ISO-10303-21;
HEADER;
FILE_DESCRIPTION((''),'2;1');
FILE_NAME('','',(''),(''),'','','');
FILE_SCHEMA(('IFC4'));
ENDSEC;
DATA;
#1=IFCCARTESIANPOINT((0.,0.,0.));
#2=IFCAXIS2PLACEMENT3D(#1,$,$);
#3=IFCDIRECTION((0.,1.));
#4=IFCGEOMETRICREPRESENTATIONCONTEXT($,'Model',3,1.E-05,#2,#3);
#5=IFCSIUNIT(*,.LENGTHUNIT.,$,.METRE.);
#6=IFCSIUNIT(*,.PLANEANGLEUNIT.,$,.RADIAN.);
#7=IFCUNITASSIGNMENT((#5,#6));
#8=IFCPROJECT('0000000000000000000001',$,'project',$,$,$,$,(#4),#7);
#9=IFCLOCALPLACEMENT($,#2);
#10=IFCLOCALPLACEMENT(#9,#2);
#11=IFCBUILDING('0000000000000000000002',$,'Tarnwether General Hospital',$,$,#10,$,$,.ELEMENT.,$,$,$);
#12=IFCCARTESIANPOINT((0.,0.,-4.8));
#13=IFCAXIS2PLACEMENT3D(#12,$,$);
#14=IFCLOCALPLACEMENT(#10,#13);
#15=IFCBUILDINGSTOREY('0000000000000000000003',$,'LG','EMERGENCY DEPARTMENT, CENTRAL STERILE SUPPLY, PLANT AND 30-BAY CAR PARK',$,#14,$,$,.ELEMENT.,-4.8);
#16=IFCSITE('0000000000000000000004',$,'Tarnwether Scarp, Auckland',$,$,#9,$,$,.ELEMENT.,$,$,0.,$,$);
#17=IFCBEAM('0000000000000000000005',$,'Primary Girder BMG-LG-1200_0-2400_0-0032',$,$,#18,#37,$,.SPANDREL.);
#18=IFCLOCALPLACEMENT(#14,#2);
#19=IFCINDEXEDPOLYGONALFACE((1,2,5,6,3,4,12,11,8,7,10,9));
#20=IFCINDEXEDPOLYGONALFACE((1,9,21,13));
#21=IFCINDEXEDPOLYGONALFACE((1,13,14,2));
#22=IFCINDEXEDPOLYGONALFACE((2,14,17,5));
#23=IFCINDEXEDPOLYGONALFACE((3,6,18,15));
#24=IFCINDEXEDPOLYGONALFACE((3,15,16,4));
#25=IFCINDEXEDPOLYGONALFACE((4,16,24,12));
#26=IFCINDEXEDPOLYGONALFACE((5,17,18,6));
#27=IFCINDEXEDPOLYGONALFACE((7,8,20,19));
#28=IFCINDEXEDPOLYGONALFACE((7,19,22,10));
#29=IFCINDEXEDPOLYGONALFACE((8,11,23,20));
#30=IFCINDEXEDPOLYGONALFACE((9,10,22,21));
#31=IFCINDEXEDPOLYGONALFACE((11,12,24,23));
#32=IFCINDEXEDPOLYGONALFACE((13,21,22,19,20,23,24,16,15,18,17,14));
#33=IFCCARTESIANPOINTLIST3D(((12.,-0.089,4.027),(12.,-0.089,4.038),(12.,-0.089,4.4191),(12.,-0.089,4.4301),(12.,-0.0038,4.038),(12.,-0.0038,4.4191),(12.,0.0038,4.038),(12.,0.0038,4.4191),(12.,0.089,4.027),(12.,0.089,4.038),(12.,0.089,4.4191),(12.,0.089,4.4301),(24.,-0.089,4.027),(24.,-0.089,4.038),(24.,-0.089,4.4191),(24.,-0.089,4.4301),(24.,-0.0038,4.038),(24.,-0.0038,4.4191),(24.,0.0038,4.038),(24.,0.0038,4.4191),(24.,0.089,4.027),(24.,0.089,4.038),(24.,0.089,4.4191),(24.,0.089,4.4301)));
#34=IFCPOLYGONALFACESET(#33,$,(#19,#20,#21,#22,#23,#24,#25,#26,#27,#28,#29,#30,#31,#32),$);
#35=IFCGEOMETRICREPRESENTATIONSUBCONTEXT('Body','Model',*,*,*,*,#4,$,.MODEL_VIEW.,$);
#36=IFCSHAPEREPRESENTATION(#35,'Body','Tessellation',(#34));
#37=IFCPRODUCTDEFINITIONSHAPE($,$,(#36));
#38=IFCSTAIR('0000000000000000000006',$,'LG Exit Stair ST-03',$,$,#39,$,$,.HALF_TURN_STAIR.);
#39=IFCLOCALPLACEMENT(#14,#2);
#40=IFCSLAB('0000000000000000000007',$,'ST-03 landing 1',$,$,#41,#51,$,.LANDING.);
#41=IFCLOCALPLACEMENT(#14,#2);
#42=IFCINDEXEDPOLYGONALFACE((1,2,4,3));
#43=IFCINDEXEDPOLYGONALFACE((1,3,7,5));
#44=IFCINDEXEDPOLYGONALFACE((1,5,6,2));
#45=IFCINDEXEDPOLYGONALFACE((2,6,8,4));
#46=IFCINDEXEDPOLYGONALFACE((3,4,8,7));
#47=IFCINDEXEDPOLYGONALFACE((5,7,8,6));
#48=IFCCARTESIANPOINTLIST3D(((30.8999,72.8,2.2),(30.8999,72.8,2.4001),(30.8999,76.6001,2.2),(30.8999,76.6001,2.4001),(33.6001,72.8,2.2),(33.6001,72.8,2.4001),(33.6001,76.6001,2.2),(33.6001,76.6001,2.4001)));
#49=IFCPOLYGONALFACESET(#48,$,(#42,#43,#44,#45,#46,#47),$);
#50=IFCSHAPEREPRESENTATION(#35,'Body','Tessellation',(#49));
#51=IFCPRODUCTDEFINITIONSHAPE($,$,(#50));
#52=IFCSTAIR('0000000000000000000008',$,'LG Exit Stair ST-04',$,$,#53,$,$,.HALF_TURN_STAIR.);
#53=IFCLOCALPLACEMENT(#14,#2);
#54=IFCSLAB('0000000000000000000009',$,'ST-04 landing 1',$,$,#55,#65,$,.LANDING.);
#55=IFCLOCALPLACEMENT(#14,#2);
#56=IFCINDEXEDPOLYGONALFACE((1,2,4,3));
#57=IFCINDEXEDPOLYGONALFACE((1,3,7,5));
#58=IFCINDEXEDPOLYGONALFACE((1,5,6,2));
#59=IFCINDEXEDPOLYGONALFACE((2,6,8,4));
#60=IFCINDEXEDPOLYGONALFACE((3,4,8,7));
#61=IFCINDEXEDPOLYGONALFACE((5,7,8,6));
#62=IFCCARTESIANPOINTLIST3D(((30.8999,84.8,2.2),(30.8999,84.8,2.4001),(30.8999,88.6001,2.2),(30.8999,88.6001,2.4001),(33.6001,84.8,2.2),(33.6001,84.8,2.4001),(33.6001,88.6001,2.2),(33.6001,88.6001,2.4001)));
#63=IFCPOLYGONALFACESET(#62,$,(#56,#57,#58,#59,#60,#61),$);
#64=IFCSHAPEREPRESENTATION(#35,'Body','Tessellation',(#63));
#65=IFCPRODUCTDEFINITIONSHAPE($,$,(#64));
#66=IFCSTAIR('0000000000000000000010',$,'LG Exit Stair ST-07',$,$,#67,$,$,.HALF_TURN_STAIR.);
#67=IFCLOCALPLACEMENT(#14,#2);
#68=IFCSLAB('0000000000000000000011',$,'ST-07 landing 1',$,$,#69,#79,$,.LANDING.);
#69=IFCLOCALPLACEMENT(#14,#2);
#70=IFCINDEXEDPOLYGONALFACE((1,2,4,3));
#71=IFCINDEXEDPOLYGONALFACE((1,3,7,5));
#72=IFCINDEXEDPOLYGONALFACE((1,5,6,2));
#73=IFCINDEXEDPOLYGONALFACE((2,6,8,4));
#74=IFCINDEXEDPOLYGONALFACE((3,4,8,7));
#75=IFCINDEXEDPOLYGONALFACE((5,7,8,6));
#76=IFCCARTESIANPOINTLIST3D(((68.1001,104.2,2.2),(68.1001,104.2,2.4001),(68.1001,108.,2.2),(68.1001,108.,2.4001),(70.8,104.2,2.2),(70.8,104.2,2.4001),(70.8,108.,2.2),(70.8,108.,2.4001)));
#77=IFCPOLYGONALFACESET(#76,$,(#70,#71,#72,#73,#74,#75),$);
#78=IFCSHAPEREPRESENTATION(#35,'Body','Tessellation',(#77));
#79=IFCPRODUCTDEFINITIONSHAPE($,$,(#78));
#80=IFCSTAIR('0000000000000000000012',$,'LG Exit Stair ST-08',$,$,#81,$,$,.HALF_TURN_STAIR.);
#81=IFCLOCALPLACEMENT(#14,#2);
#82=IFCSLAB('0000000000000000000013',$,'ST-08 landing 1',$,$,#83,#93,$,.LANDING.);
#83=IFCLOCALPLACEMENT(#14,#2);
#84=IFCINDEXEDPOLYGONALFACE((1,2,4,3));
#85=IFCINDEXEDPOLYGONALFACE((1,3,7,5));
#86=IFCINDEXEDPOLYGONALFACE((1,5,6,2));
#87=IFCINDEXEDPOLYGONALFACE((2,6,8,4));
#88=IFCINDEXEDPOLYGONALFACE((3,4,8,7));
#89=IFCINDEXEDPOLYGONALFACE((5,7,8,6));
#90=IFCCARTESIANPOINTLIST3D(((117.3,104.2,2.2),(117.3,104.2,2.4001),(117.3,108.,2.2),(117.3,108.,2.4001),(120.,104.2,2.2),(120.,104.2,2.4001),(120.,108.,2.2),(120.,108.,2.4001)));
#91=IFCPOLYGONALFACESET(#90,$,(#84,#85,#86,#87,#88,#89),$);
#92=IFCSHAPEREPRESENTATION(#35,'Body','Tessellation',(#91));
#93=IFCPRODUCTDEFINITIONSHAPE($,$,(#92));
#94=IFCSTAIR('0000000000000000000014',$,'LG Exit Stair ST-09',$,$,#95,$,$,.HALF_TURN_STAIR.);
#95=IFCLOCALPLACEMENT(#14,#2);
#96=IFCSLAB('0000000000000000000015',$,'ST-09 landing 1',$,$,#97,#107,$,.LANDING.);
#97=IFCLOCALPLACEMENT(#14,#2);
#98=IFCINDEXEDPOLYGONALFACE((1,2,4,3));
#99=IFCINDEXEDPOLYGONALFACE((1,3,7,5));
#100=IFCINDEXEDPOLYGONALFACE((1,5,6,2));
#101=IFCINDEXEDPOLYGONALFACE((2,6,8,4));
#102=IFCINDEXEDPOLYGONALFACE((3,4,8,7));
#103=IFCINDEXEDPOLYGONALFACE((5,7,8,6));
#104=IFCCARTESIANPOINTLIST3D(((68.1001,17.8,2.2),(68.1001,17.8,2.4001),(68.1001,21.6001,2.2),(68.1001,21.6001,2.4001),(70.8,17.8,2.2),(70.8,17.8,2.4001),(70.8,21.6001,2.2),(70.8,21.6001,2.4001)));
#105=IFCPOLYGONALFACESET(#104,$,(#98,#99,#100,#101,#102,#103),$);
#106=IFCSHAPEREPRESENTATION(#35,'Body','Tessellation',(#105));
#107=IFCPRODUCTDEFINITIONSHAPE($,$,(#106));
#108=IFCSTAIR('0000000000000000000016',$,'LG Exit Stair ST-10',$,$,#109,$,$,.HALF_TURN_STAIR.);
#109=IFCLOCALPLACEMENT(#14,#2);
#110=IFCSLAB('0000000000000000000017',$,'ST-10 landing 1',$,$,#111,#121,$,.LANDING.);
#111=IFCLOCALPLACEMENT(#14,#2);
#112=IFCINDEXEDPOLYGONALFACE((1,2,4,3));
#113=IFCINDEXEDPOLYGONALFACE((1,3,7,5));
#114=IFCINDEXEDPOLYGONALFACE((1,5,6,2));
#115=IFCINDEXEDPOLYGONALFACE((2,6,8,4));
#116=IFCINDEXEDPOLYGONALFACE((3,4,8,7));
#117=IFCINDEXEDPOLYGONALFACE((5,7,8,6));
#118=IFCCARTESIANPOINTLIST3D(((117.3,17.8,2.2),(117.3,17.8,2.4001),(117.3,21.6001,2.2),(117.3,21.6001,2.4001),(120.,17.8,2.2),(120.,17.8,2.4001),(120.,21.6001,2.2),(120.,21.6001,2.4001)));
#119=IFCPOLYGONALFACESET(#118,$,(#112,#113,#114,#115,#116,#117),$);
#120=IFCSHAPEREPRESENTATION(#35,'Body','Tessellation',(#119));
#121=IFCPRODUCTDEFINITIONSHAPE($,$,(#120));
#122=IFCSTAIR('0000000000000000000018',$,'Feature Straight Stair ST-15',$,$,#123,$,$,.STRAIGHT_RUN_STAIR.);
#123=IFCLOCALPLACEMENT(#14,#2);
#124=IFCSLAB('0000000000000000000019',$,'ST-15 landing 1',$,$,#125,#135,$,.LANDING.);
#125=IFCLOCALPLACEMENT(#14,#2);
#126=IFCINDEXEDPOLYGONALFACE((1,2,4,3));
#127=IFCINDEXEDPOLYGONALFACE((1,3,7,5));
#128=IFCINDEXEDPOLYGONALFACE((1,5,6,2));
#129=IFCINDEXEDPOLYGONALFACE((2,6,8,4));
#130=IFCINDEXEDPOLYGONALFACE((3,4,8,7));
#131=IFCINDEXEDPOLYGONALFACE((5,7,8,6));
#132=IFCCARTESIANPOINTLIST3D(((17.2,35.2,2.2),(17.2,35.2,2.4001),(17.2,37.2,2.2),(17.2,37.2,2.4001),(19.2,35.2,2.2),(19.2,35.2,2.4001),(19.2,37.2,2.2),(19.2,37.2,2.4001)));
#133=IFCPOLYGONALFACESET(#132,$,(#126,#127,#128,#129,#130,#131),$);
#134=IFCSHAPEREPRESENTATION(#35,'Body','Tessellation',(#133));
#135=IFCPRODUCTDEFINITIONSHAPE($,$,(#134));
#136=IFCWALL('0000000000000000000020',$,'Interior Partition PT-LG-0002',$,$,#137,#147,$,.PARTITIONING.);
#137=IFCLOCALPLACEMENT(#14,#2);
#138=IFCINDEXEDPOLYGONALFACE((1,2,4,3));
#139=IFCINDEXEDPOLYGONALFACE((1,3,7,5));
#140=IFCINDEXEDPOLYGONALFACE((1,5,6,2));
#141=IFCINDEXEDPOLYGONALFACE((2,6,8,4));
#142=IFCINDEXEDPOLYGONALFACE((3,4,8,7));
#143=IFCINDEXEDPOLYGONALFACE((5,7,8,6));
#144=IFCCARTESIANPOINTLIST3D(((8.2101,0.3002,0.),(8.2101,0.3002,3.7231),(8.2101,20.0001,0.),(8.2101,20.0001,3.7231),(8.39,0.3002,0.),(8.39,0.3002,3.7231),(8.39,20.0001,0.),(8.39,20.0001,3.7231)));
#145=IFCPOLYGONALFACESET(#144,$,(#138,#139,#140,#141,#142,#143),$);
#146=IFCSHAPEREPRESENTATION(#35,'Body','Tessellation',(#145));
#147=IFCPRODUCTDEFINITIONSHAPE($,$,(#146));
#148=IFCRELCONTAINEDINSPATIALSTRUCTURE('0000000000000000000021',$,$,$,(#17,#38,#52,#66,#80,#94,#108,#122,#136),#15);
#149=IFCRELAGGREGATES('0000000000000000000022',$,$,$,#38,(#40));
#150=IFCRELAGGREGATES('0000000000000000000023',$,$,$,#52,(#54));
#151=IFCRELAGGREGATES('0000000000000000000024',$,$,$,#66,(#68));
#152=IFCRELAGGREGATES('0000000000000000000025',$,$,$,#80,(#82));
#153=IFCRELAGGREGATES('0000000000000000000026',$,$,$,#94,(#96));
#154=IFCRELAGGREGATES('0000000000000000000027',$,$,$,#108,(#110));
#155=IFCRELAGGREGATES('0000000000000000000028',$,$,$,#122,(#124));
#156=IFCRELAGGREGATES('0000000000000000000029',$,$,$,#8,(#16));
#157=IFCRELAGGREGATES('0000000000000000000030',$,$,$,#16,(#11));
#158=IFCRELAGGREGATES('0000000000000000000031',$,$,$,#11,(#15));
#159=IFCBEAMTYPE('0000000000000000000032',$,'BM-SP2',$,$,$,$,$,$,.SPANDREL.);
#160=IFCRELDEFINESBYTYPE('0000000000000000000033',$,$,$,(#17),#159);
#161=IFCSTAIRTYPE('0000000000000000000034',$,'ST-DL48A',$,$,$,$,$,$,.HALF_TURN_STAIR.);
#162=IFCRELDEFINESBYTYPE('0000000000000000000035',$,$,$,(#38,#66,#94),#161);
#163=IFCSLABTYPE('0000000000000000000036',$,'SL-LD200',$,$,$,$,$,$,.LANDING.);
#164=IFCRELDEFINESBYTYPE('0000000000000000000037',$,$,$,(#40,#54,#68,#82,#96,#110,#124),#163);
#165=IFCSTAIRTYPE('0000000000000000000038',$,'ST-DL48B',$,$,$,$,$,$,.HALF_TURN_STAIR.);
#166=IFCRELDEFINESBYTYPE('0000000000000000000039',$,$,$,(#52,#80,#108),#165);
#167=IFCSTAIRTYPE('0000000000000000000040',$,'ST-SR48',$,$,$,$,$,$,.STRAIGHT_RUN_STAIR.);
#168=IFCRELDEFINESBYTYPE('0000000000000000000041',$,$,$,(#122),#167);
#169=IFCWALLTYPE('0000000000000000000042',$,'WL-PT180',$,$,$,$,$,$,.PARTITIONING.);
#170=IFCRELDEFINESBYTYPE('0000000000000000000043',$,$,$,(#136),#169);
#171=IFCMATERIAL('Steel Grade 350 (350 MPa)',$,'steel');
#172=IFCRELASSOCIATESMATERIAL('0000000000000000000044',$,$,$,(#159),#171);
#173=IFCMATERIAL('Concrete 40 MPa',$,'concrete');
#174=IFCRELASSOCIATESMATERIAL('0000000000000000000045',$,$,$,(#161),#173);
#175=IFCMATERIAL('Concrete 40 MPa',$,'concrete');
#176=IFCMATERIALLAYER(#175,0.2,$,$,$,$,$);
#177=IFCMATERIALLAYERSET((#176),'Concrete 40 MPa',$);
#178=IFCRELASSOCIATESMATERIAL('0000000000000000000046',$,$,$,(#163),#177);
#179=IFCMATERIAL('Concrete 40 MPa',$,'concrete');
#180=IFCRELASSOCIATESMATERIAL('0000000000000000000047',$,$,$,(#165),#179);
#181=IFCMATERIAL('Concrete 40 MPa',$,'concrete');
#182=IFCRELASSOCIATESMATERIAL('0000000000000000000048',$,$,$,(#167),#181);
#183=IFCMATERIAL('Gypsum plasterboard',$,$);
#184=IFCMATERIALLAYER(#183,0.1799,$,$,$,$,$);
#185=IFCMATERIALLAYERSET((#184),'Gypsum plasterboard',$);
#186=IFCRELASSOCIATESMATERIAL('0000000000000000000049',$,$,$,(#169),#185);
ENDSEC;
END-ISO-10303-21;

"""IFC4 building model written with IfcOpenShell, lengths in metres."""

from ifc_helpers import new_model, si_unit, direction, frame, frame_2d, origin, origin_2d, place, context, subcontext, project, spatial, polyline, rectangle, i_section, outline, extrude, material, layer, layer_set, material_profile, profile_set, type_object, element, aggregate, save


model = new_model("IFC4")

# Units and contexts
model_context = context("Model", 3, precision=1e-05, world=origin(), true_north=direction((0.0, 1.0)))
body_context = subcontext(model_context, "Body", "Model", "MODEL_VIEW")
ifc_project = project(units=[si_unit("LENGTHUNIT", "METRE"), si_unit("PLANEANGLEUNIT", "RADIAN")], contexts=[model_context])

# Site, building, storey
site_placement = place(None, origin())
site = spatial("IfcSite", under=ifc_project, at=site_placement, Name="Tarnwether Scarp, Auckland", CompositionType="ELEMENT", RefElevation=0.0)
building_placement = place(site_placement, origin())
building = spatial("IfcBuilding", under=site, at=building_placement, Name="Tarnwether General Hospital", CompositionType="ELEMENT")
storey_placement = place(building_placement, frame((0.0, 0.0, -4.8)))
storey = spatial("IfcBuildingStorey", under=building, at=storey_placement, Name="LG", Description="EMERGENCY DEPARTMENT, CENTRAL STERILE SUPPLY, PLANT AND 30-BAY CAR PARK", CompositionType="ELEMENT", Elevation=-4.8)

# Beam
ifc_material_1 = material(Name="Steel Grade 350 (350 MPa)", Category="steel")
ifc_material_profile_1 = material_profile(ifc_material_1, i_section(OverallWidth=0.178, OverallDepth=0.4031, WebThickness=0.0076, FlangeThickness=0.011, at=origin_2d()), Name="410UB53.7")
ifc_profile_set_1 = profile_set([ifc_material_profile_1], Name="Steel Grade 350 (350 MPa)")
beam_type_1 = type_object("IfcBeamType", Name="BM-SP2", PredefinedType="SPANDREL", material=ifc_profile_set_1)
beam_1_placement = place(storey_placement, frame((12.0, 0.0, 4.2285), z_axis=(1.0, 0.0, 0.0), x_axis=(0.0, 1.0, 0.0)))
element("IfcBeam", 1, at=beam_1_placement, inside=storey, type_object=beam_type_1, Name="Primary Girder BMG-LG-1200_0-2400_0-0032", PredefinedType="SPANDREL", context=body_context, shape_type="SweptSolid", body=[
    extrude(i_section(OverallWidth=0.178, OverallDepth=0.4031, WebThickness=0.0076, FlangeThickness=0.011, at=origin_2d()), origin(), (0.0, 0.0, 1.0), 12.0),
])

# Stairs, slabs
ifc_material_2 = material(Name="Concrete 40 MPa", Category="concrete")
stair_type_1 = type_object("IfcStairType", Name="ST-DL48A", PredefinedType="HALF_TURN_STAIR", material=ifc_material_2)
stair_1_placement = place(storey_placement, origin())
stair_1 = element("IfcStair", 2, at=stair_1_placement, inside=storey, type_object=stair_type_1, Name="LG Exit Stair ST-03", PredefinedType="HALF_TURN_STAIR")
ifc_material_3 = material(Name="Concrete 40 MPa", Category="concrete")
ifc_layer_1 = layer(ifc_material_3, 0.2)
ifc_layer_set_1 = layer_set([ifc_layer_1], Name="Concrete 40 MPa")
slab_type = type_object("IfcSlabType", Name="SL-LD200", PredefinedType="LANDING", material=ifc_layer_set_1)
slab_1_placement = place(storey_placement, frame((0.0, 0.0, 2.2)))
slab_1 = element("IfcSlab", 3, at=slab_1_placement, type_object=slab_type, Name="ST-03 landing 1", PredefinedType="LANDING", context=body_context, shape_type="SweptSolid", body=[
    extrude(outline(polyline([(30.8999, 72.8), (33.6001, 72.8), (33.6001, 76.6001), (30.8999, 76.6001), (30.8999, 72.8)])), origin(), (0.0, 0.0, 1.0), 0.2002),
])
aggregate(stair_1, [slab_1])
ifc_material_4 = material(Name="Concrete 40 MPa", Category="concrete")
stair_type_2 = type_object("IfcStairType", Name="ST-DL48B", PredefinedType="HALF_TURN_STAIR", material=ifc_material_4)
stair_2_placement = place(storey_placement, origin())
stair_2 = element("IfcStair", 4, at=stair_2_placement, inside=storey, type_object=stair_type_2, Name="LG Exit Stair ST-04", PredefinedType="HALF_TURN_STAIR")
slab_2_placement = place(storey_placement, frame((0.0, 0.0, 2.2)))
slab_2 = element("IfcSlab", 5, at=slab_2_placement, type_object=slab_type, Name="ST-04 landing 1", PredefinedType="LANDING", context=body_context, shape_type="SweptSolid", body=[
    extrude(outline(polyline([(30.8999, 84.8), (33.6001, 84.8), (33.6001, 88.6001), (30.8999, 88.6001), (30.8999, 84.8)])), origin(), (0.0, 0.0, 1.0), 0.2002),
])
aggregate(stair_2, [slab_2])
stair_3_placement = place(storey_placement, origin())
stair_3 = element("IfcStair", 6, at=stair_3_placement, inside=storey, type_object=stair_type_1, Name="LG Exit Stair ST-07", PredefinedType="HALF_TURN_STAIR")
slab_3_placement = place(storey_placement, frame((0.0, 0.0, 2.2)))
slab_3 = element("IfcSlab", 7, at=slab_3_placement, type_object=slab_type, Name="ST-07 landing 1", PredefinedType="LANDING", context=body_context, shape_type="SweptSolid", body=[
    extrude(outline(polyline([(68.1001, 104.2), (70.8, 104.2), (70.8, 108.0), (68.1001, 108.0), (68.1001, 104.2)])), origin(), (0.0, 0.0, 1.0), 0.2002),
])
aggregate(stair_3, [slab_3])
stair_4_placement = place(storey_placement, origin())
stair_4 = element("IfcStair", 8, at=stair_4_placement, inside=storey, type_object=stair_type_2, Name="LG Exit Stair ST-08", PredefinedType="HALF_TURN_STAIR")
slab_4_placement = place(storey_placement, frame((0.0, 0.0, 2.2)))
slab_4 = element("IfcSlab", 9, at=slab_4_placement, type_object=slab_type, Name="ST-08 landing 1", PredefinedType="LANDING", context=body_context, shape_type="SweptSolid", body=[
    extrude(outline(polyline([(117.3, 104.2), (120.0, 104.2), (120.0, 108.0), (117.3, 108.0), (117.3, 104.2)])), origin(), (0.0, 0.0, 1.0), 0.2002),
])
aggregate(stair_4, [slab_4])
stair_5_placement = place(storey_placement, origin())
stair_5 = element("IfcStair", 10, at=stair_5_placement, inside=storey, type_object=stair_type_1, Name="LG Exit Stair ST-09", PredefinedType="HALF_TURN_STAIR")
slab_5_placement = place(storey_placement, frame((0.0, 0.0, 2.2)))
slab_5 = element("IfcSlab", 11, at=slab_5_placement, type_object=slab_type, Name="ST-09 landing 1", PredefinedType="LANDING", context=body_context, shape_type="SweptSolid", body=[
    extrude(outline(polyline([(68.1001, 17.8), (70.8, 17.8), (70.8, 21.6001), (68.1001, 21.6001), (68.1001, 17.8)])), origin(), (0.0, 0.0, 1.0), 0.2002),
])
aggregate(stair_5, [slab_5])
stair_6_placement = place(storey_placement, origin())
stair_6 = element("IfcStair", 12, at=stair_6_placement, inside=storey, type_object=stair_type_2, Name="LG Exit Stair ST-10", PredefinedType="HALF_TURN_STAIR")
slab_6_placement = place(storey_placement, frame((0.0, 0.0, 2.2)))
slab_6 = element("IfcSlab", 13, at=slab_6_placement, type_object=slab_type, Name="ST-10 landing 1", PredefinedType="LANDING", context=body_context, shape_type="SweptSolid", body=[
    extrude(outline(polyline([(117.3, 17.8), (120.0, 17.8), (120.0, 21.6001), (117.3, 21.6001), (117.3, 17.8)])), origin(), (0.0, 0.0, 1.0), 0.2002),
])
aggregate(stair_6, [slab_6])
ifc_material_5 = material(Name="Concrete 40 MPa", Category="concrete")
stair_type_3 = type_object("IfcStairType", Name="ST-SR48", PredefinedType="STRAIGHT_RUN_STAIR", material=ifc_material_5)
stair_7_placement = place(storey_placement, origin())
stair_7 = element("IfcStair", 14, at=stair_7_placement, inside=storey, type_object=stair_type_3, Name="Feature Straight Stair ST-15", PredefinedType="STRAIGHT_RUN_STAIR")
slab_7_placement = place(storey_placement, frame((0.0, 0.0, 2.2)))
slab_7 = element("IfcSlab", 15, at=slab_7_placement, type_object=slab_type, Name="ST-15 landing 1", PredefinedType="LANDING", context=body_context, shape_type="SweptSolid", body=[
    extrude(outline(polyline([(17.2, 35.2), (19.2, 35.2), (19.2, 37.2), (17.2, 37.2), (17.2, 35.2)])), origin(), (0.0, 0.0, 1.0), 0.2002),
])
aggregate(stair_7, [slab_7])

# Wall
ifc_material_6 = material(Name="Gypsum plasterboard")
ifc_layer_2 = layer(ifc_material_6, 0.1799)
ifc_layer_set_2 = layer_set([ifc_layer_2], Name="Gypsum plasterboard")
wall_type = type_object("IfcWallType", Name="WL-PT180", PredefinedType="PARTITIONING", material=ifc_layer_set_2)
wall_placement = place(storey_placement, frame((8.3, 0.3, 0.0), z_axis=(0.0, 0.0, 1.0), x_axis=(0.0, 1.0, 0.0)))
element("IfcWall", 16, at=wall_placement, inside=storey, type_object=wall_type, Name="Interior Partition PT-LG-0002", PredefinedType="PARTITIONING", context=body_context, shape_type="SweptSolid", body=[
    extrude(rectangle(XDim=19.7, YDim=0.1799, at=frame_2d((9.8501, 0.0))), origin(), (0.0, 0.0, 1.0), 3.7231),
])

save(model, "model.ifc")
